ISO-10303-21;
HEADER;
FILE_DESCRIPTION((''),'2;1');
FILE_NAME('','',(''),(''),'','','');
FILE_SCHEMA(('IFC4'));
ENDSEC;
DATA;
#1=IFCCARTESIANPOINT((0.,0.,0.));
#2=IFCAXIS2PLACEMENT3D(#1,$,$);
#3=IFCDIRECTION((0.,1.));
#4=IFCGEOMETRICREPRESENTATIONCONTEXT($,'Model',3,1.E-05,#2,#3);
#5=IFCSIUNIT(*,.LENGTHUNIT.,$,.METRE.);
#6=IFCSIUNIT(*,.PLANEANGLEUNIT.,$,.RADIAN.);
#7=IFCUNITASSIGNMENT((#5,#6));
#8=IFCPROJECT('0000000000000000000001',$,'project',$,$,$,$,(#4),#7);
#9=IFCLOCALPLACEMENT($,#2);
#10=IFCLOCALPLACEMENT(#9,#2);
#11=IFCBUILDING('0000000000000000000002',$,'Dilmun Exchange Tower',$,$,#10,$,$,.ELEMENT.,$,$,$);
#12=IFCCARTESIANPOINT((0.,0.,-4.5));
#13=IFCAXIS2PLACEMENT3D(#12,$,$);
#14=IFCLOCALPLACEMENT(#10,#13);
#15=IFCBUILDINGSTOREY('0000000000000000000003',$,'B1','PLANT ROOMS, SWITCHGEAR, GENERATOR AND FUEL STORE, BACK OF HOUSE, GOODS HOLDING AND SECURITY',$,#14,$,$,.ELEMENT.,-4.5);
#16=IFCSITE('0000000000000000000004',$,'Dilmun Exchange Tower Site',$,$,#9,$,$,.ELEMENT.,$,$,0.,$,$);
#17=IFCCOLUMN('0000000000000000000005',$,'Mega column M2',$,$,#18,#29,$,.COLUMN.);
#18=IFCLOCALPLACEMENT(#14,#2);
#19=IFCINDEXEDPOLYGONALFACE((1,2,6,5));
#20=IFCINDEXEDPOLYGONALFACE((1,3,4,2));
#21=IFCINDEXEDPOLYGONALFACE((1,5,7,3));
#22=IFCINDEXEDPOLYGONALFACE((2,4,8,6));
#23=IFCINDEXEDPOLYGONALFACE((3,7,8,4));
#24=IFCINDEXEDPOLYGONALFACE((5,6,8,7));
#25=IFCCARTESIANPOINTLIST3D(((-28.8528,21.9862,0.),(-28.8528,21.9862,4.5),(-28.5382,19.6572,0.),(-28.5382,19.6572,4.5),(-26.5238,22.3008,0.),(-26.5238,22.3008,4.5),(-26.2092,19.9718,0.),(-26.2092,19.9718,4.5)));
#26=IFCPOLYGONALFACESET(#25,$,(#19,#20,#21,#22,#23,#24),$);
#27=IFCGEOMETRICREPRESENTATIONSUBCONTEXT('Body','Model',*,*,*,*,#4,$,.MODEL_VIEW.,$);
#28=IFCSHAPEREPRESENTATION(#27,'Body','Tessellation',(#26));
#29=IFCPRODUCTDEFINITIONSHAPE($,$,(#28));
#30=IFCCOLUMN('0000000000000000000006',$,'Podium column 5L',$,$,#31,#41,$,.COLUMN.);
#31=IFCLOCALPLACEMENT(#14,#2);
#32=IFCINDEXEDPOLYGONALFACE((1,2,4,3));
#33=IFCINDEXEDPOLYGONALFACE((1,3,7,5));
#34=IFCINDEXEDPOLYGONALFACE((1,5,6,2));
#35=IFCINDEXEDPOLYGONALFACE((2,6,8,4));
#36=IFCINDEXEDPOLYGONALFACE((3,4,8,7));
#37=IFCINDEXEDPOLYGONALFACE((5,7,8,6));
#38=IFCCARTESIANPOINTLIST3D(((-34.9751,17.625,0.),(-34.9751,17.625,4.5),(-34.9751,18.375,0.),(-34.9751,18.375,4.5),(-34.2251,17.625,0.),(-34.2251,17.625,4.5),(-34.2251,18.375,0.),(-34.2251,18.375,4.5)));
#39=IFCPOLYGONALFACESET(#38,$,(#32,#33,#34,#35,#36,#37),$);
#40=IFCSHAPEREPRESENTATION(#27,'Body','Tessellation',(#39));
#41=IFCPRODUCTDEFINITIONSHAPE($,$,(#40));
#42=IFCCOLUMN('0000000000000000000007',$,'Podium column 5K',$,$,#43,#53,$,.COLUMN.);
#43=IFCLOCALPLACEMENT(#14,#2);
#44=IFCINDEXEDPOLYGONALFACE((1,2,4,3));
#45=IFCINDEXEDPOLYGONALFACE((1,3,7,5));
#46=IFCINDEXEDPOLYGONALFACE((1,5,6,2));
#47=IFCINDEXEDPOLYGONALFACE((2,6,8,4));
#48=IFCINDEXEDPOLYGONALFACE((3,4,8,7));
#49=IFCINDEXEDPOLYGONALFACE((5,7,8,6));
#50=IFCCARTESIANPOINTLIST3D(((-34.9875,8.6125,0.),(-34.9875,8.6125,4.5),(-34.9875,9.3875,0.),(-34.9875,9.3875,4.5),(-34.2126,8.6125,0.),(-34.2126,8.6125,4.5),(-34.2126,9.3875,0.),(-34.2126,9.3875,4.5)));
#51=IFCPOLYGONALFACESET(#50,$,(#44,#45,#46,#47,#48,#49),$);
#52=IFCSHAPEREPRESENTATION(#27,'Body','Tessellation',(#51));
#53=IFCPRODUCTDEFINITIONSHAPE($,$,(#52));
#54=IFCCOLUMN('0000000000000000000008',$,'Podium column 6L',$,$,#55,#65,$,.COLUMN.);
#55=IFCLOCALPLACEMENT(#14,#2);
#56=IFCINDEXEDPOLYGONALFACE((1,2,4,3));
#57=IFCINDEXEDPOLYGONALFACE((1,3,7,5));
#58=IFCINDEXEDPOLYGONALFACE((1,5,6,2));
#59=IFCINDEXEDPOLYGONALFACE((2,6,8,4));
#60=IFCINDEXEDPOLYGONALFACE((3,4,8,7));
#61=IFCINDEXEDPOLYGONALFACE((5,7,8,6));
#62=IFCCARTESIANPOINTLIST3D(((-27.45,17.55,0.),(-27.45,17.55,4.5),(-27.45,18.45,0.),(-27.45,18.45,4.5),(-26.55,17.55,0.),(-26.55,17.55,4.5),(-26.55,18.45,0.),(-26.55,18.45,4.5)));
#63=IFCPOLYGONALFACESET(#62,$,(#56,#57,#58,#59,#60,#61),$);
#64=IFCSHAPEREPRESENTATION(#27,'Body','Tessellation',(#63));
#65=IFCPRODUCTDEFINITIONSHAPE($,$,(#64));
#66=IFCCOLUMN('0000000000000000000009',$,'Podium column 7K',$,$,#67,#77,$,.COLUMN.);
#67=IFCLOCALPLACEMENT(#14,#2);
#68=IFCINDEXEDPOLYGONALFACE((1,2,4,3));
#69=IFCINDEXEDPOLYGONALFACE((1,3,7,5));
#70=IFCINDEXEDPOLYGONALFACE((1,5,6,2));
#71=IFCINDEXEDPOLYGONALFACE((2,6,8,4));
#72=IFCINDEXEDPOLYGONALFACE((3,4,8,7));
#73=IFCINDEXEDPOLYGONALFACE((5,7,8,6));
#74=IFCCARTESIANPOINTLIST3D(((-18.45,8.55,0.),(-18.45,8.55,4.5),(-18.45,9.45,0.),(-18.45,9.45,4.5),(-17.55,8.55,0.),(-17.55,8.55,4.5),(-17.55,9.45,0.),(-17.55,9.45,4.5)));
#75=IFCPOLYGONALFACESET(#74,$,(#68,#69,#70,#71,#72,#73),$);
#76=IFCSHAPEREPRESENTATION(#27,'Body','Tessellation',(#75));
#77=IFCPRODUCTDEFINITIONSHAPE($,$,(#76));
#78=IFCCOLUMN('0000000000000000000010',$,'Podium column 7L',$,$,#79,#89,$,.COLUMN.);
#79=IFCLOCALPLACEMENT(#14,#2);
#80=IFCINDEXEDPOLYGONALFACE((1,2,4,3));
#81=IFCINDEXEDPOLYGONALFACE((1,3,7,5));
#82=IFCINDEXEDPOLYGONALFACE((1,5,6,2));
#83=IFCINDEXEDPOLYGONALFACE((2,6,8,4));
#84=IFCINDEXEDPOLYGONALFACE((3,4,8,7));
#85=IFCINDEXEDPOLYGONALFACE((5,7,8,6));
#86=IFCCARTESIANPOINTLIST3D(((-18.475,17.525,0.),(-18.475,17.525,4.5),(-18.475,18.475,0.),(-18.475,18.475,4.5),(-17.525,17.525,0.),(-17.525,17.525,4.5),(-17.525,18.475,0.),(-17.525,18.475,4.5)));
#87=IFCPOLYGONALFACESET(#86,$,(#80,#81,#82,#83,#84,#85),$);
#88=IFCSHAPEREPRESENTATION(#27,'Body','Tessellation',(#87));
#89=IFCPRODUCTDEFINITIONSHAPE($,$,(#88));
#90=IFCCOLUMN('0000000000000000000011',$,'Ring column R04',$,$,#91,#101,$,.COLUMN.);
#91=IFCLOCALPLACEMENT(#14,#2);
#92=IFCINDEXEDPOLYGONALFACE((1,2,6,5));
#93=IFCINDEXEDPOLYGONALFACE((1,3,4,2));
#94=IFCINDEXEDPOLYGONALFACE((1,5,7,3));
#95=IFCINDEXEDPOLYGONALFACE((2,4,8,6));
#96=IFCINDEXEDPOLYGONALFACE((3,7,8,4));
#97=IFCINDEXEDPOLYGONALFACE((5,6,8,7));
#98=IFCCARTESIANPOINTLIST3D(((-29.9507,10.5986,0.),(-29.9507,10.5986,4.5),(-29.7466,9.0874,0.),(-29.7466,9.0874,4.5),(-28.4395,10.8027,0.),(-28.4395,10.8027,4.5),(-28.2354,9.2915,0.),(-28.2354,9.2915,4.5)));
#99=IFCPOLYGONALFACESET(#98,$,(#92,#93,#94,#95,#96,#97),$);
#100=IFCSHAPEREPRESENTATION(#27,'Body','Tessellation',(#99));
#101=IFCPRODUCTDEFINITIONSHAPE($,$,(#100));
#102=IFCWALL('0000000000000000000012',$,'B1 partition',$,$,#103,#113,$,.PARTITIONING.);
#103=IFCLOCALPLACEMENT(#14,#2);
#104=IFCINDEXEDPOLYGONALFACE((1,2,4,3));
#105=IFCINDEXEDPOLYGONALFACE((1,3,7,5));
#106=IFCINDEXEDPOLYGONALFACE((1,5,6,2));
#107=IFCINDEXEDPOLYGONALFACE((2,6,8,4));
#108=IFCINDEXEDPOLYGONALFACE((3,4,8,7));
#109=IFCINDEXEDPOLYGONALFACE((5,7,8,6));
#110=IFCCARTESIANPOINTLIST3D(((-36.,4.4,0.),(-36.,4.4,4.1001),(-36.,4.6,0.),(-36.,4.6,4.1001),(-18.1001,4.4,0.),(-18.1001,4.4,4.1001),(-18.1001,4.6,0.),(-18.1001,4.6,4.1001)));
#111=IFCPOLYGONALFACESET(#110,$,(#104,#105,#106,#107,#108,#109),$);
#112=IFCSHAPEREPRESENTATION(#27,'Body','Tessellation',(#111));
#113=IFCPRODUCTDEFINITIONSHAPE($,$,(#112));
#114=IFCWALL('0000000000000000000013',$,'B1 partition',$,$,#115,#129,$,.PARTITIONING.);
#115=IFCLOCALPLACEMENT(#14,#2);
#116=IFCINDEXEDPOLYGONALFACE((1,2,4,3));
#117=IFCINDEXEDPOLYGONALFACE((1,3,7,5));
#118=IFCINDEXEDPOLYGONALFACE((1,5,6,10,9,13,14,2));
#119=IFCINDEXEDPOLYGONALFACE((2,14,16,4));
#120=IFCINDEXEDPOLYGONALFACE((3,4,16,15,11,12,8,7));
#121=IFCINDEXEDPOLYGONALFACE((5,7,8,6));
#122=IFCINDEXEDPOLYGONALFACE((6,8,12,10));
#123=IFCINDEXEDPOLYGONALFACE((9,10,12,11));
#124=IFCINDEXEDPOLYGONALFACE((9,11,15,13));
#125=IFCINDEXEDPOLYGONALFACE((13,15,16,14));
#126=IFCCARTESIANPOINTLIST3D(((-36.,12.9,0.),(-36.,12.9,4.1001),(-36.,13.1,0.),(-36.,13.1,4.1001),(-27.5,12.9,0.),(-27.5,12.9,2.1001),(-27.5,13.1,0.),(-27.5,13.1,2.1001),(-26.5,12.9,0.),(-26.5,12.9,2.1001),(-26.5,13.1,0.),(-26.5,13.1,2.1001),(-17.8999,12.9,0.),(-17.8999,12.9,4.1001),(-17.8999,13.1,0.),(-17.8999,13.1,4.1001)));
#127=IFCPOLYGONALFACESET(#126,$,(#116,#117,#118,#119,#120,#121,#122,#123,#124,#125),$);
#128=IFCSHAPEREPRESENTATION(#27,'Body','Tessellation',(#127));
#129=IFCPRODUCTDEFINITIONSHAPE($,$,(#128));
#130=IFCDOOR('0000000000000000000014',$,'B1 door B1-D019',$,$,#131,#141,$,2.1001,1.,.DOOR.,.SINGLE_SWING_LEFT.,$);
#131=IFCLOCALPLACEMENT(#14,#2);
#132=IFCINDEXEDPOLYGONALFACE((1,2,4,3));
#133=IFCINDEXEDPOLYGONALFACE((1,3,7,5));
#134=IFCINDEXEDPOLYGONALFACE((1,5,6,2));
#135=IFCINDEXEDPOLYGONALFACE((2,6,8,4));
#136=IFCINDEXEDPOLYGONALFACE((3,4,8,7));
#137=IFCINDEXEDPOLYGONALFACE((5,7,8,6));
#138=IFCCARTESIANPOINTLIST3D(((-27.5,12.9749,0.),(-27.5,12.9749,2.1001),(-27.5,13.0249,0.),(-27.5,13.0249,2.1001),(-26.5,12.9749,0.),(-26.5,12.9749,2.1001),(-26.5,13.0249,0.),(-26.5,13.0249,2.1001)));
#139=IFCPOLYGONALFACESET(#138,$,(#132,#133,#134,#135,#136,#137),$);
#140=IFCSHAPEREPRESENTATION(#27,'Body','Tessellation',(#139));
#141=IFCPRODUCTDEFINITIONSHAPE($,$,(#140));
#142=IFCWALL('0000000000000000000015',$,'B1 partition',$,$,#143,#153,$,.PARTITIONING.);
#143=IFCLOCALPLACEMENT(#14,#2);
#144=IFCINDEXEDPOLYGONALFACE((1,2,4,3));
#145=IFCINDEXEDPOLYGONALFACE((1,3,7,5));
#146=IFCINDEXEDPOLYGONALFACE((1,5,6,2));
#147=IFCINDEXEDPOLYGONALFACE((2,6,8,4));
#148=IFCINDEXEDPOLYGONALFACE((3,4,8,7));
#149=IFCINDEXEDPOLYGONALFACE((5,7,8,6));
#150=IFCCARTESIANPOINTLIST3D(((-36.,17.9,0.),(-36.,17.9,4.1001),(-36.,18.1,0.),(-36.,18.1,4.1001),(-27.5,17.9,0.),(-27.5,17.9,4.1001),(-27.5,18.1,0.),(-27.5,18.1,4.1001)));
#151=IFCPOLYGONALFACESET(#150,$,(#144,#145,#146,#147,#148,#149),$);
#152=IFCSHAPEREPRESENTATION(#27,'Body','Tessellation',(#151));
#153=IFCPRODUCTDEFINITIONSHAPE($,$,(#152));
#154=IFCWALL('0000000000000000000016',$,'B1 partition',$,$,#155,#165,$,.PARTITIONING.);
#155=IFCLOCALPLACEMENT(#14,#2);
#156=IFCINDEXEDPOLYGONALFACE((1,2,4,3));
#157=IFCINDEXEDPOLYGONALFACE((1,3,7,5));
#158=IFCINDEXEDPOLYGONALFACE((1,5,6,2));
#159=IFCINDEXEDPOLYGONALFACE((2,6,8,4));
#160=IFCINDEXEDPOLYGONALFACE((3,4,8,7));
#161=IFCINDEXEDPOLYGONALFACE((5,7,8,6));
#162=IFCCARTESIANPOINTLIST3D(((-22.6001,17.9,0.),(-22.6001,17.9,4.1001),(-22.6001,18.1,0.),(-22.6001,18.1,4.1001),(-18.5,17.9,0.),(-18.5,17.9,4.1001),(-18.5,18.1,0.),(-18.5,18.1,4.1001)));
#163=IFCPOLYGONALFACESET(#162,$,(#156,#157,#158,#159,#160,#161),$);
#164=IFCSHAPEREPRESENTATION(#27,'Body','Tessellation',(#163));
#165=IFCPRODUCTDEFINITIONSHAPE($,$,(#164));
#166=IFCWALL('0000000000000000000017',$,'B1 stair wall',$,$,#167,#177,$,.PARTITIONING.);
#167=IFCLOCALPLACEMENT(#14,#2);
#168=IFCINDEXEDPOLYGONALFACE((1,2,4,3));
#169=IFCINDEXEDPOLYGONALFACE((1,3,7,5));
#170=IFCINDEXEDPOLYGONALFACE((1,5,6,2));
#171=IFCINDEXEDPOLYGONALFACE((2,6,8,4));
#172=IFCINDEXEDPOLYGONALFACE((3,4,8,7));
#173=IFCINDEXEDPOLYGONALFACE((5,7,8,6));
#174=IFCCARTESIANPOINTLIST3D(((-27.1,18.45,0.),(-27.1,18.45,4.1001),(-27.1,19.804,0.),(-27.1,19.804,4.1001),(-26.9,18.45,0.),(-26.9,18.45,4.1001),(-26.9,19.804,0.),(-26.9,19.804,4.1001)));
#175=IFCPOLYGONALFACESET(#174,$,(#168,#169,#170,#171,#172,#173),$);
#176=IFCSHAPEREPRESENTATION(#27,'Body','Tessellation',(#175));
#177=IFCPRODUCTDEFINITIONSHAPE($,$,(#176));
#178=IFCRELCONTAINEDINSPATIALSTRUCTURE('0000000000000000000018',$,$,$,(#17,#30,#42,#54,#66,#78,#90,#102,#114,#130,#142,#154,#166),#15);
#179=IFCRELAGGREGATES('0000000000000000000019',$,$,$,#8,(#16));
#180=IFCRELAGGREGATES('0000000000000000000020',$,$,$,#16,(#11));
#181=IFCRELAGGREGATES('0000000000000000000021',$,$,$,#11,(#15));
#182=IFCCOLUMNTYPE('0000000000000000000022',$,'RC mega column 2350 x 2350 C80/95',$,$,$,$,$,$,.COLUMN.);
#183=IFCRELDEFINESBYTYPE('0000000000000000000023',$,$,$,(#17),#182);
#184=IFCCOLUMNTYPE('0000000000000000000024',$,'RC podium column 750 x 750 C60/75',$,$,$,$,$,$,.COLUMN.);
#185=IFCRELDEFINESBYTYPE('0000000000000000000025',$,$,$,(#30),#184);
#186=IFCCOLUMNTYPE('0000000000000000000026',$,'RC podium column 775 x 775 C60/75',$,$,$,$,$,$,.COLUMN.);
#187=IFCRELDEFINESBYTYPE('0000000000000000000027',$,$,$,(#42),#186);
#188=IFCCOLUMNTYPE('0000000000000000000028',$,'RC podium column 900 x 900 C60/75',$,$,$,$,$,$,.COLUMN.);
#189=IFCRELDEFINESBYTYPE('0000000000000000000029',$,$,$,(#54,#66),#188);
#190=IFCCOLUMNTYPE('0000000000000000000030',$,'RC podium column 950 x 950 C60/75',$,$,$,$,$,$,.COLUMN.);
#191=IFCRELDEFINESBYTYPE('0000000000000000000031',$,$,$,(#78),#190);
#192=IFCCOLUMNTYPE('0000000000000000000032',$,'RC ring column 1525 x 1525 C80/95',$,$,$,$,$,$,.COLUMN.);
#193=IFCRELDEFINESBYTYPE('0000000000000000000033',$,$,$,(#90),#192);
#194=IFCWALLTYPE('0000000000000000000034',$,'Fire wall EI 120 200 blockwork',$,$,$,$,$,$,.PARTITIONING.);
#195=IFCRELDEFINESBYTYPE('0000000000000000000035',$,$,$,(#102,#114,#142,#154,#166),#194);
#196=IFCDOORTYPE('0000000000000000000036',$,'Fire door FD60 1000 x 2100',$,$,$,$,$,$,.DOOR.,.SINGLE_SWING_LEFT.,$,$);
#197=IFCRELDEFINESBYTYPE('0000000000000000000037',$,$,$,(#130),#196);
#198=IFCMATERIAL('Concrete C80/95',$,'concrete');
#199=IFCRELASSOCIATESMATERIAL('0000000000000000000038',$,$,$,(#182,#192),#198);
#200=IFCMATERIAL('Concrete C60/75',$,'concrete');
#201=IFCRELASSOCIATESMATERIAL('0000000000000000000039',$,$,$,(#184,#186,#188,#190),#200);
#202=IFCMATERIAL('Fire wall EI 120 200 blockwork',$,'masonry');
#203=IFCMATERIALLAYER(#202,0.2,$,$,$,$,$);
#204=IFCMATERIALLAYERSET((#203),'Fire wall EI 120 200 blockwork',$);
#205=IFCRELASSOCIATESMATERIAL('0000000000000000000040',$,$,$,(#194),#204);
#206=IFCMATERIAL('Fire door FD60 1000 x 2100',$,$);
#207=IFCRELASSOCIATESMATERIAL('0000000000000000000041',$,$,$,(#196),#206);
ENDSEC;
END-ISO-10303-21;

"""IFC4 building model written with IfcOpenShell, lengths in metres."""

from ifc_helpers import new_model, si_unit, direction, frame, frame_2d, origin, origin_2d, place, context, subcontext, project, spatial, rectangle, extrude, material, layer, layer_set, material_profile, profile_set, type_object, element, fill, save


model = new_model("IFC4")

# Units and contexts
model_context = context("Model", 3, precision=1e-05, world=origin(), true_north=direction((0.0, 1.0)))
body_context = subcontext(model_context, "Body", "Model", "MODEL_VIEW")
ifc_project = project(units=[si_unit("LENGTHUNIT", "METRE"), si_unit("PLANEANGLEUNIT", "RADIAN")], contexts=[model_context])

# Site, building, storey
site_placement = place(None, origin())
site = spatial("IfcSite", under=ifc_project, at=site_placement, Name="Dilmun Exchange Tower Site", CompositionType="ELEMENT", RefElevation=0.0)
building_placement = place(site_placement, origin())
building = spatial("IfcBuilding", under=site, at=building_placement, Name="Dilmun Exchange Tower", CompositionType="ELEMENT")
storey_placement = place(building_placement, frame((0.0, 0.0, -4.5)))
storey = spatial("IfcBuildingStorey", under=building, at=storey_placement, Name="B1", Description="PLANT ROOMS, SWITCHGEAR, GENERATOR AND FUEL STORE, BACK OF HOUSE, GOODS HOLDING AND SECURITY", CompositionType="ELEMENT", Elevation=-4.5)

# Columns
ifc_material_1 = material(Name="Concrete C80/95", Category="concrete")
ifc_material_profile_1 = material_profile(ifc_material_1, rectangle(XDim=2.3501, YDim=2.3501, at=origin_2d()), Name="2350 x 2350")
ifc_profile_set_1 = profile_set([ifc_material_profile_1], Name="Concrete C80/95")
column_type_1 = type_object("IfcColumnType", Name="RC mega column 2350 x 2350 C80/95", PredefinedType="COLUMN", material=ifc_profile_set_1)
column_1_placement = place(storey_placement, frame((-27.531, 20.979, 0.0), z_axis=(0.0, 0.0, 1.0), x_axis=(0.991001, 0.133853, 0.0)))
element("IfcColumn", 1, at=column_1_placement, inside=storey, type_object=column_type_1, Name="Mega column M2", PredefinedType="COLUMN", context=body_context, shape_type="SweptSolid", body=[
    extrude(rectangle(XDim=2.3501, YDim=2.3501, at=origin_2d()), origin(), (0.0, 0.0, 1.0), 4.5),
])
ifc_material_2 = material(Name="Concrete C60/75", Category="concrete")
ifc_material_profile_2 = material_profile(ifc_material_2, rectangle(XDim=0.75, YDim=0.75, at=origin_2d()), Name="750 x 750")
ifc_profile_set_2 = profile_set([ifc_material_profile_2], Name="Concrete C60/75")
column_type_2 = type_object("IfcColumnType", Name="RC podium column 750 x 750 C60/75", PredefinedType="COLUMN", material=ifc_profile_set_2)
column_2_placement = place(storey_placement, frame((-34.6001, 18.0, 0.0), z_axis=(0.0, 0.0, 1.0), x_axis=(1.0, 0.0, 0.0)))
element("IfcColumn", 2, at=column_2_placement, inside=storey, type_object=column_type_2, Name="Podium column 5L", PredefinedType="COLUMN", context=body_context, shape_type="SweptSolid", body=[
    extrude(rectangle(XDim=0.75, YDim=0.75, at=origin_2d()), origin(), (0.0, 0.0, 1.0), 4.5),
])
ifc_material_profile_3 = material_profile(ifc_material_2, rectangle(XDim=0.7749, YDim=0.7749, at=origin_2d()), Name="775 x 775")
ifc_profile_set_3 = profile_set([ifc_material_profile_3], Name="Concrete C60/75")
column_type_3 = type_object("IfcColumnType", Name="RC podium column 775 x 775 C60/75", PredefinedType="COLUMN", material=ifc_profile_set_3)
column_3_placement = place(storey_placement, frame((-34.6001, 9.0, 0.0), z_axis=(0.0, 0.0, 1.0), x_axis=(1.0, 0.0, 0.0)))
element("IfcColumn", 3, at=column_3_placement, inside=storey, type_object=column_type_3, Name="Podium column 5K", PredefinedType="COLUMN", context=body_context, shape_type="SweptSolid", body=[
    extrude(rectangle(XDim=0.7749, YDim=0.7749, at=origin_2d()), origin(), (0.0, 0.0, 1.0), 4.5),
])
ifc_material_profile_4 = material_profile(ifc_material_2, rectangle(XDim=0.8999, YDim=0.8999, at=origin_2d()), Name="900 x 900")
ifc_profile_set_4 = profile_set([ifc_material_profile_4], Name="Concrete C60/75")
column_type_4 = type_object("IfcColumnType", Name="RC podium column 900 x 900 C60/75", PredefinedType="COLUMN", material=ifc_profile_set_4)
for number, where, z_axis, x_axis, name in (
    (4, (-27.0, 18.0, 0.0), (0.0, 0.0, 1.0), (1.0, 0.0, 0.0), "Podium column 6L"),
    (5, (-18.0, 9.0, 0.0), (0.0, 0.0, 1.0), (1.0, 0.0, 0.0), "Podium column 7K"),
):
    element("IfcColumn", number, at=place(storey_placement, frame(where, z_axis=z_axis, x_axis=x_axis)), inside=storey, type_object=column_type_4, Name=name, PredefinedType="COLUMN", context=body_context, shape_type="SweptSolid", body=[
        extrude(rectangle(XDim=0.8999, YDim=0.8999, at=origin_2d()), origin(), (0.0, 0.0, 1.0), 4.5),
    ])
ifc_material_profile_5 = material_profile(ifc_material_2, rectangle(XDim=0.95, YDim=0.95, at=origin_2d()), Name="950 x 950")
ifc_profile_set_5 = profile_set([ifc_material_profile_5], Name="Concrete C60/75")
column_type_5 = type_object("IfcColumnType", Name="RC podium column 950 x 950 C60/75", PredefinedType="COLUMN", material=ifc_profile_set_5)
column_4_placement = place(storey_placement, frame((-18.0, 18.0, 0.0), z_axis=(0.0, 0.0, 1.0), x_axis=(1.0, 0.0, 0.0)))
element("IfcColumn", 6, at=column_4_placement, inside=storey, type_object=column_type_5, Name="Podium column 7L", PredefinedType="COLUMN", context=body_context, shape_type="SweptSolid", body=[
    extrude(rectangle(XDim=0.95, YDim=0.95, at=origin_2d()), origin(), (0.0, 0.0, 1.0), 4.5),
])
ifc_material_profile_6 = material_profile(ifc_material_1, rectangle(XDim=1.5249, YDim=1.5249, at=origin_2d()), Name="1525 x 1525")
ifc_profile_set_6 = profile_set([ifc_material_profile_6], Name="Concrete C80/95")
column_type_6 = type_object("IfcColumnType", Name="RC ring column 1525 x 1525 C80/95", PredefinedType="COLUMN", material=ifc_profile_set_6)
column_5_placement = place(storey_placement, frame((-29.093, 9.9451, 0.0), z_axis=(0.0, 0.0, 1.0), x_axis=(0.991001, 0.133853, 0.0)))
element("IfcColumn", 7, at=column_5_placement, inside=storey, type_object=column_type_6, Name="Ring column R04", PredefinedType="COLUMN", context=body_context, shape_type="SweptSolid", body=[
    extrude(rectangle(XDim=1.5249, YDim=1.5249, at=origin_2d()), origin(), (0.0, 0.0, 1.0), 4.5),
])

# Wall
ifc_material_3 = material(Name="Fire wall EI 120 200 blockwork", Category="masonry")
ifc_layer = layer(ifc_material_3, 0.2)
ifc_layer_set = layer_set([ifc_layer], Name="Fire wall EI 120 200 blockwork")
wall_type = type_object("IfcWallType", Name="Fire wall EI 120 200 blockwork", PredefinedType="PARTITIONING", material=ifc_layer_set)
wall_1_placement = place(storey_placement, frame((-36.0, 4.5, 0.0), z_axis=(0.0, 0.0, 1.0), x_axis=(1.0, 0.0, 0.0)))
element("IfcWall", 8, at=wall_1_placement, inside=storey, type_object=wall_type, Name="B1 partition", PredefinedType="PARTITIONING", context=body_context, shape_type="SweptSolid", body=[
    extrude(rectangle(XDim=17.8999, YDim=0.2, at=frame_2d((8.95, 0.0))), origin(), (0.0, 0.0, 1.0), 4.1001),
])

# Wall, opening, door
wall_2_placement = place(storey_placement, frame((-36.0, 13.0, 0.0), z_axis=(0.0, 0.0, 1.0), x_axis=(1.0, 0.0, 0.0)))
wall_2 = element("IfcWall", 9, at=wall_2_placement, inside=storey, type_object=wall_type, Name="B1 partition", PredefinedType="PARTITIONING", context=body_context, shape_type="SweptSolid", body=[
    extrude(rectangle(XDim=18.1001, YDim=0.2, at=frame_2d((9.05, 0.0))), origin(), (0.0, 0.0, 1.0), 4.1001),
])
opening_1_placement = place(wall_2_placement, frame((8.5, 0.0, 0.0)))
opening_1 = element("IfcOpeningElement", 10, at=opening_1_placement, cuts=wall_2, PredefinedType="OPENING", context=body_context, shape_type="SweptSolid", body=[
    extrude(rectangle(XDim=1.0, YDim=2.1001, at=frame_2d((0.5, 1.05))), frame((0.0, 0.1099, 0.0), z_axis=(0.0, -1.0, 0.0), x_axis=(1.0, 0.0, 0.0)), (0.0, 0.0, 1.0), 0.22),
])
ifc_material_4 = material(Name="Fire door FD60 1000 x 2100")
door_type = type_object("IfcDoorType", Name="Fire door FD60 1000 x 2100", OperationType="SINGLE_SWING_LEFT", PredefinedType="DOOR", material=ifc_material_4)
door_1_placement = place(opening_1_placement, origin())
door_1 = element("IfcDoor", 11, at=door_1_placement, inside=storey, type_object=door_type, Name="B1 door B1-D019", OperationType="SINGLE_SWING_LEFT", OverallHeight=2.1001, OverallWidth=1.0, PredefinedType="DOOR", context=body_context, shape_type="SweptSolid", body=[
    extrude(rectangle(XDim=1.0, YDim=2.1001, at=frame_2d((0.5, 1.05))), frame((0.0, 0.0249, 0.0), z_axis=(0.0, -1.0, 0.0), x_axis=(1.0, 0.0, 0.0)), (0.0, 0.0, 1.0), 0.05),
])
fill(opening_1, door_1)

# Walls
wall_3_placement = place(storey_placement, frame((-36.0, 18.0, 0.0), z_axis=(0.0, 0.0, 1.0), x_axis=(1.0, 0.0, 0.0)))
element("IfcWall", 12, at=wall_3_placement, inside=storey, type_object=wall_type, Name="B1 partition", PredefinedType="PARTITIONING", context=body_context, shape_type="SweptSolid", body=[
    extrude(rectangle(XDim=8.5, YDim=0.2, at=frame_2d((4.25, 0.0))), origin(), (0.0, 0.0, 1.0), 4.1001),
])
wall_4_placement = place(storey_placement, frame((-22.6001, 18.0, 0.0), z_axis=(0.0, 0.0, 1.0), x_axis=(1.0, 0.0, 0.0)))
element("IfcWall", 13, at=wall_4_placement, inside=storey, type_object=wall_type, Name="B1 partition", PredefinedType="PARTITIONING", context=body_context, shape_type="SweptSolid", body=[
    extrude(rectangle(XDim=4.1001, YDim=0.2, at=frame_2d((2.05, 0.0))), origin(), (0.0, 0.0, 1.0), 4.1001),
])
wall_5_placement = place(storey_placement, frame((-27.0, 18.45, 0.0), z_axis=(0.0, 0.0, 1.0), x_axis=(0.0, 1.0, 0.0)))
element("IfcWall", 14, at=wall_5_placement, inside=storey, type_object=wall_type, Name="B1 stair wall", PredefinedType="PARTITIONING", context=body_context, shape_type="SweptSolid", body=[
    extrude(rectangle(XDim=1.354, YDim=0.2, at=frame_2d((0.677, 0.0))), origin(), (0.0, 0.0, 1.0), 4.1001),
])

save(model, "model.ifc")
